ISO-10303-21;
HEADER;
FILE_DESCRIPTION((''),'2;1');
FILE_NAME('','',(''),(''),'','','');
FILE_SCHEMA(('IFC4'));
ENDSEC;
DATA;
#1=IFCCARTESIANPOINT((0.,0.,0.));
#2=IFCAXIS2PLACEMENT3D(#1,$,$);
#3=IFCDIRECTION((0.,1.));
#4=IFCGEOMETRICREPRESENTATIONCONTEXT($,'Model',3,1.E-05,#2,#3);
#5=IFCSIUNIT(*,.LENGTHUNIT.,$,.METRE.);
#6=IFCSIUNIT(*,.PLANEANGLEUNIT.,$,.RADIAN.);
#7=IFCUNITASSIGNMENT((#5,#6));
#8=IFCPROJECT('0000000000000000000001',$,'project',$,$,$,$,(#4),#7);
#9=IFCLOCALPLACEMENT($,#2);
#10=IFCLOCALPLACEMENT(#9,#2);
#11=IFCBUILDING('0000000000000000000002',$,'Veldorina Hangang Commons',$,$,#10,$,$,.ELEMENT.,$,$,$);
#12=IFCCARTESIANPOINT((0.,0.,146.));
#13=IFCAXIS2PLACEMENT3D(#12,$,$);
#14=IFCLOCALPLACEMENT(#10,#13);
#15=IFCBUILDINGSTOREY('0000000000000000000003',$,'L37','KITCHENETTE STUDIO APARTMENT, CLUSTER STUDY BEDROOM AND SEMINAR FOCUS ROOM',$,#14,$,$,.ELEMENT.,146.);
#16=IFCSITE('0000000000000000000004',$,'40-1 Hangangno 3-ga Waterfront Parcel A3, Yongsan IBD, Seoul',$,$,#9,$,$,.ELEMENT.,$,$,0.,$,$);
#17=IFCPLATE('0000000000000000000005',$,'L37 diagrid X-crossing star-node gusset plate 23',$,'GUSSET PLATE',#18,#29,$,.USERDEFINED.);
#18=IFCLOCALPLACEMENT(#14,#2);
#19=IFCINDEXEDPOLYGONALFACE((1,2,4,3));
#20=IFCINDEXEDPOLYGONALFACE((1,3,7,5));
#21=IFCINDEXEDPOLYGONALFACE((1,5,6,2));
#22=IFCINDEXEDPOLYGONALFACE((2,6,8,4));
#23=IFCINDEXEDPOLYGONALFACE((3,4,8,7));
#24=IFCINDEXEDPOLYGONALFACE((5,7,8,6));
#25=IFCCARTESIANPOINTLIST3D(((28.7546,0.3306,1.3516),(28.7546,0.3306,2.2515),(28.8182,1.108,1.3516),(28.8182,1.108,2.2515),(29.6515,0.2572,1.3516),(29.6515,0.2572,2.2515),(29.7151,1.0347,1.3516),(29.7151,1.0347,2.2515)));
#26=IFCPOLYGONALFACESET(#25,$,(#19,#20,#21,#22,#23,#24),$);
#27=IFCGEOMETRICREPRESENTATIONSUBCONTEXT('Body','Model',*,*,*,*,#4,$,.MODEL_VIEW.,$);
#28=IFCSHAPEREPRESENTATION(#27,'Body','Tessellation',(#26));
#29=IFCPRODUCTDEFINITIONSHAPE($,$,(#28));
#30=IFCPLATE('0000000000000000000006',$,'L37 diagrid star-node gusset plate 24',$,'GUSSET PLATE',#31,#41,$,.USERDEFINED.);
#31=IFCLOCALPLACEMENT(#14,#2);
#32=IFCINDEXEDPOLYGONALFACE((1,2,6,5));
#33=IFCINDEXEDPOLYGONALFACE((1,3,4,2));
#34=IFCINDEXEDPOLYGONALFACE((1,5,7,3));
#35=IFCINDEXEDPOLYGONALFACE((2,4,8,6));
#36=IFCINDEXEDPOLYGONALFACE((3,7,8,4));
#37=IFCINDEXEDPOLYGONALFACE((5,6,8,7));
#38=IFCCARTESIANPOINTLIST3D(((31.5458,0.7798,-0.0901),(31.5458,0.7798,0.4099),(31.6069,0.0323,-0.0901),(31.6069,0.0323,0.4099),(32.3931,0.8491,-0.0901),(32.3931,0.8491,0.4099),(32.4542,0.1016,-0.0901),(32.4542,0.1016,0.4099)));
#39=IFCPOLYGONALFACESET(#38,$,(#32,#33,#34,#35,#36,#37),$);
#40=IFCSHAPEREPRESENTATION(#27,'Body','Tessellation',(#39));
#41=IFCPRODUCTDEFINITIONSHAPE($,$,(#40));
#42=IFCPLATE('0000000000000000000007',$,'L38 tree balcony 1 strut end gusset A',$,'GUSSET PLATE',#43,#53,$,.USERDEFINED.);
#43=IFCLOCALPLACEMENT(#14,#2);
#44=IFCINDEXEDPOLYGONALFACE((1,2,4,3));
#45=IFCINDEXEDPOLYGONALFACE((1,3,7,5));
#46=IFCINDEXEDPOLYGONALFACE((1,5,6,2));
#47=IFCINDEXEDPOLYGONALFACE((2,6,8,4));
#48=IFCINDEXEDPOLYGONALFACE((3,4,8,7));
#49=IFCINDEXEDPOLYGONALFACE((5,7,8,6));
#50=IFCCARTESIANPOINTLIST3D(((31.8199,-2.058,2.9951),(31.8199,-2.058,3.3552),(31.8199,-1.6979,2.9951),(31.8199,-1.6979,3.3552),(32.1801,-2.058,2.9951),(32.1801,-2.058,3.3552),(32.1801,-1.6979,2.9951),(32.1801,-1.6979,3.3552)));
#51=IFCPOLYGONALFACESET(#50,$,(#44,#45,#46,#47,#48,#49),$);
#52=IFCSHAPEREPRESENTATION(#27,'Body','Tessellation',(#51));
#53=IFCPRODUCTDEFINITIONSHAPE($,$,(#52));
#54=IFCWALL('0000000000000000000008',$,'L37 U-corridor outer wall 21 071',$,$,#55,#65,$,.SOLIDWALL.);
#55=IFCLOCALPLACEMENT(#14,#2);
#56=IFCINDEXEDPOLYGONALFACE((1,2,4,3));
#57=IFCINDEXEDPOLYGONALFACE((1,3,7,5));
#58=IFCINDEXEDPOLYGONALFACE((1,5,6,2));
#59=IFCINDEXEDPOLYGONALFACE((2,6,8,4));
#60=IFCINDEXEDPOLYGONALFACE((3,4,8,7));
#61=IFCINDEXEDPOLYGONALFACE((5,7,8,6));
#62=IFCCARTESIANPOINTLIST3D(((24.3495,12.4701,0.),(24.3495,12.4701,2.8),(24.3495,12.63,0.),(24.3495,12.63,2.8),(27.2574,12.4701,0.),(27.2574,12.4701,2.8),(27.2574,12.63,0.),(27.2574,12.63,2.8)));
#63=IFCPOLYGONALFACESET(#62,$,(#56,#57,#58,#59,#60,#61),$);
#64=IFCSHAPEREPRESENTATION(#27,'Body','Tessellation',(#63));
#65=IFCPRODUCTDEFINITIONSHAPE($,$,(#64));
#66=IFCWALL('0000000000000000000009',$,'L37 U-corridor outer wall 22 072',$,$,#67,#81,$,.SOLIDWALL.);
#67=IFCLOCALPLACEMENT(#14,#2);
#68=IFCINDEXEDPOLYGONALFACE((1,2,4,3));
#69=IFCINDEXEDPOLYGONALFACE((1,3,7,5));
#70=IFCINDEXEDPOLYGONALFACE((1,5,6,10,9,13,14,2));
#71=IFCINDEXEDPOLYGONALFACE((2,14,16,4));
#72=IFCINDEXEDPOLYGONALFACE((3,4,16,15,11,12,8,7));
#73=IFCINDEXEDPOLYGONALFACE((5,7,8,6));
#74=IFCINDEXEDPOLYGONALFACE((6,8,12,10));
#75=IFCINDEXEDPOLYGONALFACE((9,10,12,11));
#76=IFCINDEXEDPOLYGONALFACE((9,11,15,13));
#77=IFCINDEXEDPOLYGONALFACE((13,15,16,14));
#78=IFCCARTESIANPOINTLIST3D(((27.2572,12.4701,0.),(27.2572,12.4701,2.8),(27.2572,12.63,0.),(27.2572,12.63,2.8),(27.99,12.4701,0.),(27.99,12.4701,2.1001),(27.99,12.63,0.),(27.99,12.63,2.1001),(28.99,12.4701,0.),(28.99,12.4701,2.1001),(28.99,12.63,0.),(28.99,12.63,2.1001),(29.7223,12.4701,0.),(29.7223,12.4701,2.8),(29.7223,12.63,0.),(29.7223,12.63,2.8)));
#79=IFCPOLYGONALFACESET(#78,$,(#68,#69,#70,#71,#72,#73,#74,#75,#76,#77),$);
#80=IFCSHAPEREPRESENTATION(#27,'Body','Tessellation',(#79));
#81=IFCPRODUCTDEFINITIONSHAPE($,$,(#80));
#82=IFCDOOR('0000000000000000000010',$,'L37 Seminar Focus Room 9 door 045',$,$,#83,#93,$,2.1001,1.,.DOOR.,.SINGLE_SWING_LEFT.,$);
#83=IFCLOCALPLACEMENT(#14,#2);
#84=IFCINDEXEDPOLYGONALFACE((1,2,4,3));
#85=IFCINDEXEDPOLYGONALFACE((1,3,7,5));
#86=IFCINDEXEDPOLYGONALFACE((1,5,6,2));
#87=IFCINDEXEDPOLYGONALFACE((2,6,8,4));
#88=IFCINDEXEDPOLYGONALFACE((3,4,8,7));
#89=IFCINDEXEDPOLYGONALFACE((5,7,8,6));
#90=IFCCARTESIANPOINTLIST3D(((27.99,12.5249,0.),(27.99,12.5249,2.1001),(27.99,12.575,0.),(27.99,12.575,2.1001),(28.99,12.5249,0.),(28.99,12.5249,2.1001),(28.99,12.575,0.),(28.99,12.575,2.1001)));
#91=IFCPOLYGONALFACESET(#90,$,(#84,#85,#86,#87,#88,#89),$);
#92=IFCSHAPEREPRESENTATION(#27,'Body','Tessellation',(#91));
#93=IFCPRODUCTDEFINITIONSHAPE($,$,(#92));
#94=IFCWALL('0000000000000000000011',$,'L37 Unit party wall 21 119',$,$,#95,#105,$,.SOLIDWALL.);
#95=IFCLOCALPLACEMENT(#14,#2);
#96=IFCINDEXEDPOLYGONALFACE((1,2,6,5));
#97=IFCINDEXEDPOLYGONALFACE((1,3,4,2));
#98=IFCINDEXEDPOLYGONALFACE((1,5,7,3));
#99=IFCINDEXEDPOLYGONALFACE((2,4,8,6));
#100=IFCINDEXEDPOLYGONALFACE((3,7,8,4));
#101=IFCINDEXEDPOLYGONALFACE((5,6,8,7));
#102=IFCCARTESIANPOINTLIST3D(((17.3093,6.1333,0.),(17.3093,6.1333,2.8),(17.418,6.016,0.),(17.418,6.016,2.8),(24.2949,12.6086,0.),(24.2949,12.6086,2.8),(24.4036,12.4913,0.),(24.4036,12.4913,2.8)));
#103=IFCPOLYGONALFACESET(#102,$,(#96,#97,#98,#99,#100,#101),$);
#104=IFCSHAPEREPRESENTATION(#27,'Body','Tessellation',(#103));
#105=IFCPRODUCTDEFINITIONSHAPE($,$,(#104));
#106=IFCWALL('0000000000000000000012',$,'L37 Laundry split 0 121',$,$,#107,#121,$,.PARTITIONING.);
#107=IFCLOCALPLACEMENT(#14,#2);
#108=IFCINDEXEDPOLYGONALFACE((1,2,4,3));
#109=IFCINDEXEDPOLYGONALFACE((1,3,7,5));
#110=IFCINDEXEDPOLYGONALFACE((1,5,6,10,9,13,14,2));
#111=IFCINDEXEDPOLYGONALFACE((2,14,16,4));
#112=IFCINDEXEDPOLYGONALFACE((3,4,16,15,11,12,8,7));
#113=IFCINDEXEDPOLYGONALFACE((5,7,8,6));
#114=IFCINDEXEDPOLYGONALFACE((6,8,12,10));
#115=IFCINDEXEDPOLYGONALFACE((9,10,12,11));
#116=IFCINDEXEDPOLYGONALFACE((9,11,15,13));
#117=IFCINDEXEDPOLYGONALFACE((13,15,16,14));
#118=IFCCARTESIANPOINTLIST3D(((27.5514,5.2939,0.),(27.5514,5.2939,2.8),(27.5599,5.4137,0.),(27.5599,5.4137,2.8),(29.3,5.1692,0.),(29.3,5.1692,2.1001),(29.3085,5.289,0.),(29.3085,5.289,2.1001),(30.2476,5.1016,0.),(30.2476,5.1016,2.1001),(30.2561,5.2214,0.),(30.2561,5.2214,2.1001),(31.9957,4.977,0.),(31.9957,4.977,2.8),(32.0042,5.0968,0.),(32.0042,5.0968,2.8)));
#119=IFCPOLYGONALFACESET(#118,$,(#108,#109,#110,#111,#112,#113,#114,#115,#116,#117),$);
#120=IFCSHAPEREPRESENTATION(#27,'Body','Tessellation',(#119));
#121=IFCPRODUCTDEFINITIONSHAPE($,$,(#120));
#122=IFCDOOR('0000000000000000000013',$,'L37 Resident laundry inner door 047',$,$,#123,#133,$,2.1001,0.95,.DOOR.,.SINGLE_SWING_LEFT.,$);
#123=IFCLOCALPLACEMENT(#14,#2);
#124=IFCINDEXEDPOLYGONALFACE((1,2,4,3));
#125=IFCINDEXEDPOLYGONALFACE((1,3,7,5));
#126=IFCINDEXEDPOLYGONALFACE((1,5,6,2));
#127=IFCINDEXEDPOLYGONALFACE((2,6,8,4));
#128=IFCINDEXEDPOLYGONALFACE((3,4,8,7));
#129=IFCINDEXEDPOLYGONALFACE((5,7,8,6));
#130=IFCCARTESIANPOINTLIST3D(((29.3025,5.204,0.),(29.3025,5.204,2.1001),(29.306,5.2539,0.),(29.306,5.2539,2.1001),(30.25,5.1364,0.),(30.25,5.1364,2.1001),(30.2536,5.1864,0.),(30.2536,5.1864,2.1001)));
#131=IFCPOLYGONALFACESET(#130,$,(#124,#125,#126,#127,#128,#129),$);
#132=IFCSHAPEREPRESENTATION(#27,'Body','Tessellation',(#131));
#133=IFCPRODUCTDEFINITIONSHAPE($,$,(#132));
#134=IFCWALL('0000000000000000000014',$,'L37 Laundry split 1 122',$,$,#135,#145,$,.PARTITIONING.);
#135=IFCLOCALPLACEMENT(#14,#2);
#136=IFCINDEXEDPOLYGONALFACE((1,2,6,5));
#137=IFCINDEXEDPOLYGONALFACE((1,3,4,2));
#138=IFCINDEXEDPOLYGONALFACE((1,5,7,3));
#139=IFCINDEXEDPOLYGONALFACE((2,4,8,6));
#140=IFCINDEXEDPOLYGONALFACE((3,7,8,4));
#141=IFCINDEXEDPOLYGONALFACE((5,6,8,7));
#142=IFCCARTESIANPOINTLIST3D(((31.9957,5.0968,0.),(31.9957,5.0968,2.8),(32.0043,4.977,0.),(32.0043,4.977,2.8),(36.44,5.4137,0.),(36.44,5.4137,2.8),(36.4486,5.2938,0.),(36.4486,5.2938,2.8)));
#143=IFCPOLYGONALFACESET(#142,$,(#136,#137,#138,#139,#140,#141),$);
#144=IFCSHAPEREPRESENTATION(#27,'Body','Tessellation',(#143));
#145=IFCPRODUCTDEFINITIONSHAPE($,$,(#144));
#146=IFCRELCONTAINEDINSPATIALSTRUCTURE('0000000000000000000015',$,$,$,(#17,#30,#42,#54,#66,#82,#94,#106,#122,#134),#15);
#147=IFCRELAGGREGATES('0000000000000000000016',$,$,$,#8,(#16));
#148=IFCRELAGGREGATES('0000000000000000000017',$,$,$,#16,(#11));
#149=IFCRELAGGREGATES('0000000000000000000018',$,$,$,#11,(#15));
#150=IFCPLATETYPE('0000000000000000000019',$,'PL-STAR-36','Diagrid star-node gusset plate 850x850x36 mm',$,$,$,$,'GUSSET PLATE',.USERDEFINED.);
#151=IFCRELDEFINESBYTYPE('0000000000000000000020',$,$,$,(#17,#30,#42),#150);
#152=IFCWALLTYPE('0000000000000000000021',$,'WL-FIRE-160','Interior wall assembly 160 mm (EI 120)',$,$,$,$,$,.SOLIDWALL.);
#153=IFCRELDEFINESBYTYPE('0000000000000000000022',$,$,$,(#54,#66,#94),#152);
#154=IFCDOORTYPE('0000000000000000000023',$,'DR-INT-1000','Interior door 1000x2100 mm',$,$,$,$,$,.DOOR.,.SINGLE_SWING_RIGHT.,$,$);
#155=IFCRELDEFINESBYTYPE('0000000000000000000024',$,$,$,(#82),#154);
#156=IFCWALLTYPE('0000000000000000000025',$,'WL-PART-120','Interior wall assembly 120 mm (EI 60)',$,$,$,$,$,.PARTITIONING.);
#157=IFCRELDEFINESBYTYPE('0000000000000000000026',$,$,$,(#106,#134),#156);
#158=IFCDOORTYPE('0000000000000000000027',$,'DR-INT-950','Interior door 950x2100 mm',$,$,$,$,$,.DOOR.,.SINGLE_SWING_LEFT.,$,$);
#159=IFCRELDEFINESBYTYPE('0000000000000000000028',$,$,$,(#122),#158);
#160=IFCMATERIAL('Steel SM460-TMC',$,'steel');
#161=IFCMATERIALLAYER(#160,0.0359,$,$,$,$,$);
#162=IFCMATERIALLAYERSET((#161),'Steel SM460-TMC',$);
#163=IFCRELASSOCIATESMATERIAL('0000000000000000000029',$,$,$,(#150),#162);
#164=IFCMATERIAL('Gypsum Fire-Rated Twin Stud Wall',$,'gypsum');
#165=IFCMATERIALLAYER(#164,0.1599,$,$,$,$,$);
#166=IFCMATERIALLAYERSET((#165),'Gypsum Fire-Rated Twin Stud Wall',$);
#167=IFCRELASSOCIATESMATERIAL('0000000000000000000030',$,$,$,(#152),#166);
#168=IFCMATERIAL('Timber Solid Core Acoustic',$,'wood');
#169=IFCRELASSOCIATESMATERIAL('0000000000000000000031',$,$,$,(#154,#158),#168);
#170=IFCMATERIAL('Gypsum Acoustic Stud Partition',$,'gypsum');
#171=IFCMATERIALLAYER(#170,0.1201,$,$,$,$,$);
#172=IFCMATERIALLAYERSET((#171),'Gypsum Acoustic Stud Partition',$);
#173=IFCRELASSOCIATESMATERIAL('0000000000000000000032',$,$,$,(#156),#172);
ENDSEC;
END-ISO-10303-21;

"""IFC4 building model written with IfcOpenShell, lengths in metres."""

from ifc_helpers import new_model, si_unit, direction, frame, frame_2d, origin, origin_2d, place, context, subcontext, project, spatial, rectangle, extrude, material, layer, layer_set, type_object, element, fill, save


model = new_model("IFC4")

# Units and contexts
model_context = context("Model", 3, precision=1e-05, world=origin(), true_north=direction((0.0, 1.0)))
body_context = subcontext(model_context, "Body", "Model", "MODEL_VIEW")
ifc_project = project(units=[si_unit("LENGTHUNIT", "METRE"), si_unit("PLANEANGLEUNIT", "RADIAN")], contexts=[model_context])

# Site, building, storey
site_placement = place(None, origin())
site = spatial("IfcSite", under=ifc_project, at=site_placement, Name="40-1 Hangangno 3-ga Waterfront Parcel A3, Yongsan IBD, Seoul", CompositionType="ELEMENT", RefElevation=0.0)
building_placement = place(site_placement, origin())
building = spatial("IfcBuilding", under=site, at=building_placement, Name="Veldorina Hangang Commons", CompositionType="ELEMENT")
storey_placement = place(building_placement, frame((0.0, 0.0, 146.0)))
storey = spatial("IfcBuildingStorey", under=building, at=storey_placement, Name="L37", Description="KITCHENETTE STUDIO APARTMENT, CLUSTER STUDY BEDROOM AND SEMINAR FOCUS ROOM", CompositionType="ELEMENT", Elevation=146.0)

# Plates
ifc_material_1 = material(Name="Steel SM460-TMC", Category="steel")
ifc_layer_1 = layer(ifc_material_1, 0.0359)
ifc_layer_set_1 = layer_set([ifc_layer_1], Name="Steel SM460-TMC")
plate_type_1 = type_object("IfcPlateType", Name="PL-STAR-36", Description="Diagrid star-node gusset plate 850x850x36 mm", ElementType="GUSSET PLATE", PredefinedType="USERDEFINED", material=ifc_layer_set_1)
plate_1_placement = place(storey_placement, frame((29.2349, 0.6826, 1.3516), z_axis=(0.0, 0.0, 1.0), x_axis=(0.996672, -0.081521, 0.0)))
element("IfcPlate", 1, at=plate_1_placement, inside=storey, type_object=plate_type_1, Name="L37 diagrid X-crossing star-node gusset plate 23", ObjectType="GUSSET PLATE", PredefinedType="USERDEFINED", context=body_context, shape_type="SweptSolid", body=[
    extrude(rectangle(XDim=0.8999, YDim=0.78, at=origin_2d()), origin(), (0.0, 0.0, 1.0), 0.8999),
])
plate_2_placement = place(storey_placement, frame((32.0, 0.4407, -0.0901), z_axis=(0.0, 0.0, 1.0), x_axis=(0.996672, 0.081521, 0.0)))
element("IfcPlate", 2, at=plate_2_placement, inside=storey, type_object=plate_type_1, Name="L37 diagrid star-node gusset plate 24", ObjectType="GUSSET PLATE", PredefinedType="USERDEFINED", context=body_context, shape_type="SweptSolid", body=[
    extrude(rectangle(XDim=0.8501, YDim=0.75, at=origin_2d()), origin(), (0.0, 0.0, 1.0), 0.5),
])
plate_3_placement = place(storey_placement, frame((32.0, -1.8779, 2.9951), z_axis=(0.0, 0.0, 1.0), x_axis=(1.0, 0.0, 0.0)))
element("IfcPlate", 3, at=plate_3_placement, inside=storey, type_object=plate_type_1, Name="L38 tree balcony 1 strut end gusset A", ObjectType="GUSSET PLATE", PredefinedType="USERDEFINED", context=body_context, shape_type="SweptSolid", body=[
    extrude(rectangle(XDim=0.3601, YDim=0.3601, at=origin_2d()), origin(), (0.0, 0.0, 1.0), 0.3601),
])

# Wall
ifc_material_2 = material(Name="Gypsum Fire-Rated Twin Stud Wall", Category="gypsum")
ifc_layer_2 = layer(ifc_material_2, 0.1599)
ifc_layer_set_2 = layer_set([ifc_layer_2], Name="Gypsum Fire-Rated Twin Stud Wall")
wall_type_1 = type_object("IfcWallType", Name="WL-FIRE-160", Description="Interior wall assembly 160 mm (EI 120)", PredefinedType="SOLIDWALL", material=ifc_layer_set_2)
wall_1_placement = place(storey_placement, frame((24.3494, 12.55, 0.0), z_axis=(0.0, 0.0, 1.0), x_axis=(1.0, 0.0, 0.0)))
element("IfcWall", 4, at=wall_1_placement, inside=storey, type_object=wall_type_1, Name="L37 U-corridor outer wall 21 071", PredefinedType="SOLIDWALL", context=body_context, shape_type="SweptSolid", body=[
    extrude(rectangle(XDim=2.908, YDim=0.1599, at=frame_2d((1.4541, 0.0))), origin(), (0.0, 0.0, 1.0), 2.8),
])

# Wall, opening, door
wall_2_placement = place(storey_placement, frame((27.2573, 12.55, 0.0), z_axis=(0.0, 0.0, 1.0), x_axis=(1.0, 0.0, 0.0)))
wall_2 = element("IfcWall", 5, at=wall_2_placement, inside=storey, type_object=wall_type_1, Name="L37 U-corridor outer wall 22 072", PredefinedType="SOLIDWALL", context=body_context, shape_type="SweptSolid", body=[
    extrude(rectangle(XDim=2.4651, YDim=0.1599, at=frame_2d((1.2324, 0.0))), origin(), (0.0, 0.0, 1.0), 2.8),
])
opening_1_placement = place(wall_2_placement, frame((0.7327, 0.0, 0.0)))
opening_1 = element("IfcOpeningElement", 6, at=opening_1_placement, cuts=wall_2, PredefinedType="OPENING", context=body_context, shape_type="SweptSolid", body=[
    extrude(rectangle(XDim=1.0, YDim=2.1001, at=frame_2d((0.5, 1.05))), frame((0.0, 0.0898, 0.0), z_axis=(0.0, -1.0, 0.0), x_axis=(1.0, 0.0, 0.0)), (0.0, 0.0, 1.0), 0.1799),
])
ifc_material_3 = material(Name="Timber Solid Core Acoustic", Category="wood")
door_type_1 = type_object("IfcDoorType", Name="DR-INT-1000", Description="Interior door 1000x2100 mm", OperationType="SINGLE_SWING_RIGHT", PredefinedType="DOOR", material=ifc_material_3)
door_1_placement = place(opening_1_placement, origin())
door_1 = element("IfcDoor", 7, at=door_1_placement, inside=storey, type_object=door_type_1, Name="L37 Seminar Focus Room 9 door 045", OperationType="SINGLE_SWING_LEFT", OverallHeight=2.1001, OverallWidth=1.0, PredefinedType="DOOR", context=body_context, shape_type="SweptSolid", body=[
    extrude(rectangle(XDim=1.0, YDim=2.1001, at=frame_2d((0.5, 1.05))), frame((0.0, 0.0249, 0.0), z_axis=(0.0, -1.0, 0.0), x_axis=(1.0, 0.0, 0.0)), (0.0, 0.0, 1.0), 0.05),
])
fill(opening_1, door_1)

# Wall
wall_3_placement = place(storey_placement, frame((24.3494, 12.55, 0.0), z_axis=(0.0, 0.0, 1.0), x_axis=(-0.733384, -0.679815, 0.0)))
element("IfcWall", 8, at=wall_3_placement, inside=storey, type_object=wall_type_1, Name="L37 Unit party wall 21 119", PredefinedType="SOLIDWALL", context=body_context, shape_type="SweptSolid", body=[
    extrude(rectangle(XDim=9.5251, YDim=0.1599, at=frame_2d((4.7627, 0.0))), origin(), (0.0, 0.0, 1.0), 2.8),
])

# Wall, opening, door
ifc_material_4 = material(Name="Gypsum Acoustic Stud Partition", Category="gypsum")
ifc_layer_3 = layer(ifc_material_4, 0.1201)
ifc_layer_set_3 = layer_set([ifc_layer_3], Name="Gypsum Acoustic Stud Partition")
wall_type_2 = type_object("IfcWallType", Name="WL-PART-120", Description="Interior wall assembly 120 mm (EI 60)", PredefinedType="PARTITIONING", material=ifc_layer_set_3)
wall_4_placement = place(storey_placement, frame((27.5557, 5.3538, 0.0), z_axis=(0.0, 0.0, 1.0), x_axis=(0.997468, -0.071122, 0.0)))
wall_4 = element("IfcWall", 9, at=wall_4_placement, inside=storey, type_object=wall_type_2, Name="L37 Laundry split 0 121", PredefinedType="PARTITIONING", context=body_context, shape_type="SweptSolid", body=[
    extrude(rectangle(XDim=4.4556, YDim=0.1201, at=frame_2d((2.2278, 0.0))), origin(), (0.0, 0.0, 1.0), 2.8),
])
opening_2_placement = place(wall_4_placement, frame((1.7529, 0.0, 0.0)))
opening_2 = element("IfcOpeningElement", 10, at=opening_2_placement, cuts=wall_4, PredefinedType="OPENING", context=body_context, shape_type="SweptSolid", body=[
    extrude(rectangle(XDim=0.95, YDim=2.1001, at=frame_2d((0.4751, 1.05))), frame((0.0, 0.0701, 0.0), z_axis=(0.0, -1.0, 0.0), x_axis=(1.0, 0.0, 0.0)), (0.0, 0.0, 1.0), 0.1401),
])
door_type_2 = type_object("IfcDoorType", Name="DR-INT-950", Description="Interior door 950x2100 mm", OperationType="SINGLE_SWING_LEFT", PredefinedType="DOOR", material=ifc_material_3)
door_2_placement = place(opening_2_placement, origin())
door_2 = element("IfcDoor", 11, at=door_2_placement, inside=storey, type_object=door_type_2, Name="L37 Resident laundry inner door 047", OperationType="SINGLE_SWING_LEFT", OverallHeight=2.1001, OverallWidth=0.95, PredefinedType="DOOR", context=body_context, shape_type="SweptSolid", body=[
    extrude(rectangle(XDim=0.95, YDim=2.1001, at=frame_2d((0.4751, 1.05))), frame((0.0, 0.0249, 0.0), z_axis=(0.0, -1.0, 0.0), x_axis=(1.0, 0.0, 0.0)), (0.0, 0.0, 1.0), 0.05),
])
fill(opening_2, door_2)

# Wall
wall_5_placement = place(storey_placement, frame((32.0, 5.0369, 0.0), z_axis=(0.0, 0.0, 1.0), x_axis=(0.997468, 0.071122, 0.0)))
element("IfcWall", 12, at=wall_5_placement, inside=storey, type_object=wall_type_2, Name="L37 Laundry split 1 122", PredefinedType="PARTITIONING", context=body_context, shape_type="SweptSolid", body=[
    extrude(rectangle(XDim=4.4556, YDim=0.1201, at=frame_2d((2.2278, 0.0))), origin(), (0.0, 0.0, 1.0), 2.8),
])

save(model, "model.ifc")
